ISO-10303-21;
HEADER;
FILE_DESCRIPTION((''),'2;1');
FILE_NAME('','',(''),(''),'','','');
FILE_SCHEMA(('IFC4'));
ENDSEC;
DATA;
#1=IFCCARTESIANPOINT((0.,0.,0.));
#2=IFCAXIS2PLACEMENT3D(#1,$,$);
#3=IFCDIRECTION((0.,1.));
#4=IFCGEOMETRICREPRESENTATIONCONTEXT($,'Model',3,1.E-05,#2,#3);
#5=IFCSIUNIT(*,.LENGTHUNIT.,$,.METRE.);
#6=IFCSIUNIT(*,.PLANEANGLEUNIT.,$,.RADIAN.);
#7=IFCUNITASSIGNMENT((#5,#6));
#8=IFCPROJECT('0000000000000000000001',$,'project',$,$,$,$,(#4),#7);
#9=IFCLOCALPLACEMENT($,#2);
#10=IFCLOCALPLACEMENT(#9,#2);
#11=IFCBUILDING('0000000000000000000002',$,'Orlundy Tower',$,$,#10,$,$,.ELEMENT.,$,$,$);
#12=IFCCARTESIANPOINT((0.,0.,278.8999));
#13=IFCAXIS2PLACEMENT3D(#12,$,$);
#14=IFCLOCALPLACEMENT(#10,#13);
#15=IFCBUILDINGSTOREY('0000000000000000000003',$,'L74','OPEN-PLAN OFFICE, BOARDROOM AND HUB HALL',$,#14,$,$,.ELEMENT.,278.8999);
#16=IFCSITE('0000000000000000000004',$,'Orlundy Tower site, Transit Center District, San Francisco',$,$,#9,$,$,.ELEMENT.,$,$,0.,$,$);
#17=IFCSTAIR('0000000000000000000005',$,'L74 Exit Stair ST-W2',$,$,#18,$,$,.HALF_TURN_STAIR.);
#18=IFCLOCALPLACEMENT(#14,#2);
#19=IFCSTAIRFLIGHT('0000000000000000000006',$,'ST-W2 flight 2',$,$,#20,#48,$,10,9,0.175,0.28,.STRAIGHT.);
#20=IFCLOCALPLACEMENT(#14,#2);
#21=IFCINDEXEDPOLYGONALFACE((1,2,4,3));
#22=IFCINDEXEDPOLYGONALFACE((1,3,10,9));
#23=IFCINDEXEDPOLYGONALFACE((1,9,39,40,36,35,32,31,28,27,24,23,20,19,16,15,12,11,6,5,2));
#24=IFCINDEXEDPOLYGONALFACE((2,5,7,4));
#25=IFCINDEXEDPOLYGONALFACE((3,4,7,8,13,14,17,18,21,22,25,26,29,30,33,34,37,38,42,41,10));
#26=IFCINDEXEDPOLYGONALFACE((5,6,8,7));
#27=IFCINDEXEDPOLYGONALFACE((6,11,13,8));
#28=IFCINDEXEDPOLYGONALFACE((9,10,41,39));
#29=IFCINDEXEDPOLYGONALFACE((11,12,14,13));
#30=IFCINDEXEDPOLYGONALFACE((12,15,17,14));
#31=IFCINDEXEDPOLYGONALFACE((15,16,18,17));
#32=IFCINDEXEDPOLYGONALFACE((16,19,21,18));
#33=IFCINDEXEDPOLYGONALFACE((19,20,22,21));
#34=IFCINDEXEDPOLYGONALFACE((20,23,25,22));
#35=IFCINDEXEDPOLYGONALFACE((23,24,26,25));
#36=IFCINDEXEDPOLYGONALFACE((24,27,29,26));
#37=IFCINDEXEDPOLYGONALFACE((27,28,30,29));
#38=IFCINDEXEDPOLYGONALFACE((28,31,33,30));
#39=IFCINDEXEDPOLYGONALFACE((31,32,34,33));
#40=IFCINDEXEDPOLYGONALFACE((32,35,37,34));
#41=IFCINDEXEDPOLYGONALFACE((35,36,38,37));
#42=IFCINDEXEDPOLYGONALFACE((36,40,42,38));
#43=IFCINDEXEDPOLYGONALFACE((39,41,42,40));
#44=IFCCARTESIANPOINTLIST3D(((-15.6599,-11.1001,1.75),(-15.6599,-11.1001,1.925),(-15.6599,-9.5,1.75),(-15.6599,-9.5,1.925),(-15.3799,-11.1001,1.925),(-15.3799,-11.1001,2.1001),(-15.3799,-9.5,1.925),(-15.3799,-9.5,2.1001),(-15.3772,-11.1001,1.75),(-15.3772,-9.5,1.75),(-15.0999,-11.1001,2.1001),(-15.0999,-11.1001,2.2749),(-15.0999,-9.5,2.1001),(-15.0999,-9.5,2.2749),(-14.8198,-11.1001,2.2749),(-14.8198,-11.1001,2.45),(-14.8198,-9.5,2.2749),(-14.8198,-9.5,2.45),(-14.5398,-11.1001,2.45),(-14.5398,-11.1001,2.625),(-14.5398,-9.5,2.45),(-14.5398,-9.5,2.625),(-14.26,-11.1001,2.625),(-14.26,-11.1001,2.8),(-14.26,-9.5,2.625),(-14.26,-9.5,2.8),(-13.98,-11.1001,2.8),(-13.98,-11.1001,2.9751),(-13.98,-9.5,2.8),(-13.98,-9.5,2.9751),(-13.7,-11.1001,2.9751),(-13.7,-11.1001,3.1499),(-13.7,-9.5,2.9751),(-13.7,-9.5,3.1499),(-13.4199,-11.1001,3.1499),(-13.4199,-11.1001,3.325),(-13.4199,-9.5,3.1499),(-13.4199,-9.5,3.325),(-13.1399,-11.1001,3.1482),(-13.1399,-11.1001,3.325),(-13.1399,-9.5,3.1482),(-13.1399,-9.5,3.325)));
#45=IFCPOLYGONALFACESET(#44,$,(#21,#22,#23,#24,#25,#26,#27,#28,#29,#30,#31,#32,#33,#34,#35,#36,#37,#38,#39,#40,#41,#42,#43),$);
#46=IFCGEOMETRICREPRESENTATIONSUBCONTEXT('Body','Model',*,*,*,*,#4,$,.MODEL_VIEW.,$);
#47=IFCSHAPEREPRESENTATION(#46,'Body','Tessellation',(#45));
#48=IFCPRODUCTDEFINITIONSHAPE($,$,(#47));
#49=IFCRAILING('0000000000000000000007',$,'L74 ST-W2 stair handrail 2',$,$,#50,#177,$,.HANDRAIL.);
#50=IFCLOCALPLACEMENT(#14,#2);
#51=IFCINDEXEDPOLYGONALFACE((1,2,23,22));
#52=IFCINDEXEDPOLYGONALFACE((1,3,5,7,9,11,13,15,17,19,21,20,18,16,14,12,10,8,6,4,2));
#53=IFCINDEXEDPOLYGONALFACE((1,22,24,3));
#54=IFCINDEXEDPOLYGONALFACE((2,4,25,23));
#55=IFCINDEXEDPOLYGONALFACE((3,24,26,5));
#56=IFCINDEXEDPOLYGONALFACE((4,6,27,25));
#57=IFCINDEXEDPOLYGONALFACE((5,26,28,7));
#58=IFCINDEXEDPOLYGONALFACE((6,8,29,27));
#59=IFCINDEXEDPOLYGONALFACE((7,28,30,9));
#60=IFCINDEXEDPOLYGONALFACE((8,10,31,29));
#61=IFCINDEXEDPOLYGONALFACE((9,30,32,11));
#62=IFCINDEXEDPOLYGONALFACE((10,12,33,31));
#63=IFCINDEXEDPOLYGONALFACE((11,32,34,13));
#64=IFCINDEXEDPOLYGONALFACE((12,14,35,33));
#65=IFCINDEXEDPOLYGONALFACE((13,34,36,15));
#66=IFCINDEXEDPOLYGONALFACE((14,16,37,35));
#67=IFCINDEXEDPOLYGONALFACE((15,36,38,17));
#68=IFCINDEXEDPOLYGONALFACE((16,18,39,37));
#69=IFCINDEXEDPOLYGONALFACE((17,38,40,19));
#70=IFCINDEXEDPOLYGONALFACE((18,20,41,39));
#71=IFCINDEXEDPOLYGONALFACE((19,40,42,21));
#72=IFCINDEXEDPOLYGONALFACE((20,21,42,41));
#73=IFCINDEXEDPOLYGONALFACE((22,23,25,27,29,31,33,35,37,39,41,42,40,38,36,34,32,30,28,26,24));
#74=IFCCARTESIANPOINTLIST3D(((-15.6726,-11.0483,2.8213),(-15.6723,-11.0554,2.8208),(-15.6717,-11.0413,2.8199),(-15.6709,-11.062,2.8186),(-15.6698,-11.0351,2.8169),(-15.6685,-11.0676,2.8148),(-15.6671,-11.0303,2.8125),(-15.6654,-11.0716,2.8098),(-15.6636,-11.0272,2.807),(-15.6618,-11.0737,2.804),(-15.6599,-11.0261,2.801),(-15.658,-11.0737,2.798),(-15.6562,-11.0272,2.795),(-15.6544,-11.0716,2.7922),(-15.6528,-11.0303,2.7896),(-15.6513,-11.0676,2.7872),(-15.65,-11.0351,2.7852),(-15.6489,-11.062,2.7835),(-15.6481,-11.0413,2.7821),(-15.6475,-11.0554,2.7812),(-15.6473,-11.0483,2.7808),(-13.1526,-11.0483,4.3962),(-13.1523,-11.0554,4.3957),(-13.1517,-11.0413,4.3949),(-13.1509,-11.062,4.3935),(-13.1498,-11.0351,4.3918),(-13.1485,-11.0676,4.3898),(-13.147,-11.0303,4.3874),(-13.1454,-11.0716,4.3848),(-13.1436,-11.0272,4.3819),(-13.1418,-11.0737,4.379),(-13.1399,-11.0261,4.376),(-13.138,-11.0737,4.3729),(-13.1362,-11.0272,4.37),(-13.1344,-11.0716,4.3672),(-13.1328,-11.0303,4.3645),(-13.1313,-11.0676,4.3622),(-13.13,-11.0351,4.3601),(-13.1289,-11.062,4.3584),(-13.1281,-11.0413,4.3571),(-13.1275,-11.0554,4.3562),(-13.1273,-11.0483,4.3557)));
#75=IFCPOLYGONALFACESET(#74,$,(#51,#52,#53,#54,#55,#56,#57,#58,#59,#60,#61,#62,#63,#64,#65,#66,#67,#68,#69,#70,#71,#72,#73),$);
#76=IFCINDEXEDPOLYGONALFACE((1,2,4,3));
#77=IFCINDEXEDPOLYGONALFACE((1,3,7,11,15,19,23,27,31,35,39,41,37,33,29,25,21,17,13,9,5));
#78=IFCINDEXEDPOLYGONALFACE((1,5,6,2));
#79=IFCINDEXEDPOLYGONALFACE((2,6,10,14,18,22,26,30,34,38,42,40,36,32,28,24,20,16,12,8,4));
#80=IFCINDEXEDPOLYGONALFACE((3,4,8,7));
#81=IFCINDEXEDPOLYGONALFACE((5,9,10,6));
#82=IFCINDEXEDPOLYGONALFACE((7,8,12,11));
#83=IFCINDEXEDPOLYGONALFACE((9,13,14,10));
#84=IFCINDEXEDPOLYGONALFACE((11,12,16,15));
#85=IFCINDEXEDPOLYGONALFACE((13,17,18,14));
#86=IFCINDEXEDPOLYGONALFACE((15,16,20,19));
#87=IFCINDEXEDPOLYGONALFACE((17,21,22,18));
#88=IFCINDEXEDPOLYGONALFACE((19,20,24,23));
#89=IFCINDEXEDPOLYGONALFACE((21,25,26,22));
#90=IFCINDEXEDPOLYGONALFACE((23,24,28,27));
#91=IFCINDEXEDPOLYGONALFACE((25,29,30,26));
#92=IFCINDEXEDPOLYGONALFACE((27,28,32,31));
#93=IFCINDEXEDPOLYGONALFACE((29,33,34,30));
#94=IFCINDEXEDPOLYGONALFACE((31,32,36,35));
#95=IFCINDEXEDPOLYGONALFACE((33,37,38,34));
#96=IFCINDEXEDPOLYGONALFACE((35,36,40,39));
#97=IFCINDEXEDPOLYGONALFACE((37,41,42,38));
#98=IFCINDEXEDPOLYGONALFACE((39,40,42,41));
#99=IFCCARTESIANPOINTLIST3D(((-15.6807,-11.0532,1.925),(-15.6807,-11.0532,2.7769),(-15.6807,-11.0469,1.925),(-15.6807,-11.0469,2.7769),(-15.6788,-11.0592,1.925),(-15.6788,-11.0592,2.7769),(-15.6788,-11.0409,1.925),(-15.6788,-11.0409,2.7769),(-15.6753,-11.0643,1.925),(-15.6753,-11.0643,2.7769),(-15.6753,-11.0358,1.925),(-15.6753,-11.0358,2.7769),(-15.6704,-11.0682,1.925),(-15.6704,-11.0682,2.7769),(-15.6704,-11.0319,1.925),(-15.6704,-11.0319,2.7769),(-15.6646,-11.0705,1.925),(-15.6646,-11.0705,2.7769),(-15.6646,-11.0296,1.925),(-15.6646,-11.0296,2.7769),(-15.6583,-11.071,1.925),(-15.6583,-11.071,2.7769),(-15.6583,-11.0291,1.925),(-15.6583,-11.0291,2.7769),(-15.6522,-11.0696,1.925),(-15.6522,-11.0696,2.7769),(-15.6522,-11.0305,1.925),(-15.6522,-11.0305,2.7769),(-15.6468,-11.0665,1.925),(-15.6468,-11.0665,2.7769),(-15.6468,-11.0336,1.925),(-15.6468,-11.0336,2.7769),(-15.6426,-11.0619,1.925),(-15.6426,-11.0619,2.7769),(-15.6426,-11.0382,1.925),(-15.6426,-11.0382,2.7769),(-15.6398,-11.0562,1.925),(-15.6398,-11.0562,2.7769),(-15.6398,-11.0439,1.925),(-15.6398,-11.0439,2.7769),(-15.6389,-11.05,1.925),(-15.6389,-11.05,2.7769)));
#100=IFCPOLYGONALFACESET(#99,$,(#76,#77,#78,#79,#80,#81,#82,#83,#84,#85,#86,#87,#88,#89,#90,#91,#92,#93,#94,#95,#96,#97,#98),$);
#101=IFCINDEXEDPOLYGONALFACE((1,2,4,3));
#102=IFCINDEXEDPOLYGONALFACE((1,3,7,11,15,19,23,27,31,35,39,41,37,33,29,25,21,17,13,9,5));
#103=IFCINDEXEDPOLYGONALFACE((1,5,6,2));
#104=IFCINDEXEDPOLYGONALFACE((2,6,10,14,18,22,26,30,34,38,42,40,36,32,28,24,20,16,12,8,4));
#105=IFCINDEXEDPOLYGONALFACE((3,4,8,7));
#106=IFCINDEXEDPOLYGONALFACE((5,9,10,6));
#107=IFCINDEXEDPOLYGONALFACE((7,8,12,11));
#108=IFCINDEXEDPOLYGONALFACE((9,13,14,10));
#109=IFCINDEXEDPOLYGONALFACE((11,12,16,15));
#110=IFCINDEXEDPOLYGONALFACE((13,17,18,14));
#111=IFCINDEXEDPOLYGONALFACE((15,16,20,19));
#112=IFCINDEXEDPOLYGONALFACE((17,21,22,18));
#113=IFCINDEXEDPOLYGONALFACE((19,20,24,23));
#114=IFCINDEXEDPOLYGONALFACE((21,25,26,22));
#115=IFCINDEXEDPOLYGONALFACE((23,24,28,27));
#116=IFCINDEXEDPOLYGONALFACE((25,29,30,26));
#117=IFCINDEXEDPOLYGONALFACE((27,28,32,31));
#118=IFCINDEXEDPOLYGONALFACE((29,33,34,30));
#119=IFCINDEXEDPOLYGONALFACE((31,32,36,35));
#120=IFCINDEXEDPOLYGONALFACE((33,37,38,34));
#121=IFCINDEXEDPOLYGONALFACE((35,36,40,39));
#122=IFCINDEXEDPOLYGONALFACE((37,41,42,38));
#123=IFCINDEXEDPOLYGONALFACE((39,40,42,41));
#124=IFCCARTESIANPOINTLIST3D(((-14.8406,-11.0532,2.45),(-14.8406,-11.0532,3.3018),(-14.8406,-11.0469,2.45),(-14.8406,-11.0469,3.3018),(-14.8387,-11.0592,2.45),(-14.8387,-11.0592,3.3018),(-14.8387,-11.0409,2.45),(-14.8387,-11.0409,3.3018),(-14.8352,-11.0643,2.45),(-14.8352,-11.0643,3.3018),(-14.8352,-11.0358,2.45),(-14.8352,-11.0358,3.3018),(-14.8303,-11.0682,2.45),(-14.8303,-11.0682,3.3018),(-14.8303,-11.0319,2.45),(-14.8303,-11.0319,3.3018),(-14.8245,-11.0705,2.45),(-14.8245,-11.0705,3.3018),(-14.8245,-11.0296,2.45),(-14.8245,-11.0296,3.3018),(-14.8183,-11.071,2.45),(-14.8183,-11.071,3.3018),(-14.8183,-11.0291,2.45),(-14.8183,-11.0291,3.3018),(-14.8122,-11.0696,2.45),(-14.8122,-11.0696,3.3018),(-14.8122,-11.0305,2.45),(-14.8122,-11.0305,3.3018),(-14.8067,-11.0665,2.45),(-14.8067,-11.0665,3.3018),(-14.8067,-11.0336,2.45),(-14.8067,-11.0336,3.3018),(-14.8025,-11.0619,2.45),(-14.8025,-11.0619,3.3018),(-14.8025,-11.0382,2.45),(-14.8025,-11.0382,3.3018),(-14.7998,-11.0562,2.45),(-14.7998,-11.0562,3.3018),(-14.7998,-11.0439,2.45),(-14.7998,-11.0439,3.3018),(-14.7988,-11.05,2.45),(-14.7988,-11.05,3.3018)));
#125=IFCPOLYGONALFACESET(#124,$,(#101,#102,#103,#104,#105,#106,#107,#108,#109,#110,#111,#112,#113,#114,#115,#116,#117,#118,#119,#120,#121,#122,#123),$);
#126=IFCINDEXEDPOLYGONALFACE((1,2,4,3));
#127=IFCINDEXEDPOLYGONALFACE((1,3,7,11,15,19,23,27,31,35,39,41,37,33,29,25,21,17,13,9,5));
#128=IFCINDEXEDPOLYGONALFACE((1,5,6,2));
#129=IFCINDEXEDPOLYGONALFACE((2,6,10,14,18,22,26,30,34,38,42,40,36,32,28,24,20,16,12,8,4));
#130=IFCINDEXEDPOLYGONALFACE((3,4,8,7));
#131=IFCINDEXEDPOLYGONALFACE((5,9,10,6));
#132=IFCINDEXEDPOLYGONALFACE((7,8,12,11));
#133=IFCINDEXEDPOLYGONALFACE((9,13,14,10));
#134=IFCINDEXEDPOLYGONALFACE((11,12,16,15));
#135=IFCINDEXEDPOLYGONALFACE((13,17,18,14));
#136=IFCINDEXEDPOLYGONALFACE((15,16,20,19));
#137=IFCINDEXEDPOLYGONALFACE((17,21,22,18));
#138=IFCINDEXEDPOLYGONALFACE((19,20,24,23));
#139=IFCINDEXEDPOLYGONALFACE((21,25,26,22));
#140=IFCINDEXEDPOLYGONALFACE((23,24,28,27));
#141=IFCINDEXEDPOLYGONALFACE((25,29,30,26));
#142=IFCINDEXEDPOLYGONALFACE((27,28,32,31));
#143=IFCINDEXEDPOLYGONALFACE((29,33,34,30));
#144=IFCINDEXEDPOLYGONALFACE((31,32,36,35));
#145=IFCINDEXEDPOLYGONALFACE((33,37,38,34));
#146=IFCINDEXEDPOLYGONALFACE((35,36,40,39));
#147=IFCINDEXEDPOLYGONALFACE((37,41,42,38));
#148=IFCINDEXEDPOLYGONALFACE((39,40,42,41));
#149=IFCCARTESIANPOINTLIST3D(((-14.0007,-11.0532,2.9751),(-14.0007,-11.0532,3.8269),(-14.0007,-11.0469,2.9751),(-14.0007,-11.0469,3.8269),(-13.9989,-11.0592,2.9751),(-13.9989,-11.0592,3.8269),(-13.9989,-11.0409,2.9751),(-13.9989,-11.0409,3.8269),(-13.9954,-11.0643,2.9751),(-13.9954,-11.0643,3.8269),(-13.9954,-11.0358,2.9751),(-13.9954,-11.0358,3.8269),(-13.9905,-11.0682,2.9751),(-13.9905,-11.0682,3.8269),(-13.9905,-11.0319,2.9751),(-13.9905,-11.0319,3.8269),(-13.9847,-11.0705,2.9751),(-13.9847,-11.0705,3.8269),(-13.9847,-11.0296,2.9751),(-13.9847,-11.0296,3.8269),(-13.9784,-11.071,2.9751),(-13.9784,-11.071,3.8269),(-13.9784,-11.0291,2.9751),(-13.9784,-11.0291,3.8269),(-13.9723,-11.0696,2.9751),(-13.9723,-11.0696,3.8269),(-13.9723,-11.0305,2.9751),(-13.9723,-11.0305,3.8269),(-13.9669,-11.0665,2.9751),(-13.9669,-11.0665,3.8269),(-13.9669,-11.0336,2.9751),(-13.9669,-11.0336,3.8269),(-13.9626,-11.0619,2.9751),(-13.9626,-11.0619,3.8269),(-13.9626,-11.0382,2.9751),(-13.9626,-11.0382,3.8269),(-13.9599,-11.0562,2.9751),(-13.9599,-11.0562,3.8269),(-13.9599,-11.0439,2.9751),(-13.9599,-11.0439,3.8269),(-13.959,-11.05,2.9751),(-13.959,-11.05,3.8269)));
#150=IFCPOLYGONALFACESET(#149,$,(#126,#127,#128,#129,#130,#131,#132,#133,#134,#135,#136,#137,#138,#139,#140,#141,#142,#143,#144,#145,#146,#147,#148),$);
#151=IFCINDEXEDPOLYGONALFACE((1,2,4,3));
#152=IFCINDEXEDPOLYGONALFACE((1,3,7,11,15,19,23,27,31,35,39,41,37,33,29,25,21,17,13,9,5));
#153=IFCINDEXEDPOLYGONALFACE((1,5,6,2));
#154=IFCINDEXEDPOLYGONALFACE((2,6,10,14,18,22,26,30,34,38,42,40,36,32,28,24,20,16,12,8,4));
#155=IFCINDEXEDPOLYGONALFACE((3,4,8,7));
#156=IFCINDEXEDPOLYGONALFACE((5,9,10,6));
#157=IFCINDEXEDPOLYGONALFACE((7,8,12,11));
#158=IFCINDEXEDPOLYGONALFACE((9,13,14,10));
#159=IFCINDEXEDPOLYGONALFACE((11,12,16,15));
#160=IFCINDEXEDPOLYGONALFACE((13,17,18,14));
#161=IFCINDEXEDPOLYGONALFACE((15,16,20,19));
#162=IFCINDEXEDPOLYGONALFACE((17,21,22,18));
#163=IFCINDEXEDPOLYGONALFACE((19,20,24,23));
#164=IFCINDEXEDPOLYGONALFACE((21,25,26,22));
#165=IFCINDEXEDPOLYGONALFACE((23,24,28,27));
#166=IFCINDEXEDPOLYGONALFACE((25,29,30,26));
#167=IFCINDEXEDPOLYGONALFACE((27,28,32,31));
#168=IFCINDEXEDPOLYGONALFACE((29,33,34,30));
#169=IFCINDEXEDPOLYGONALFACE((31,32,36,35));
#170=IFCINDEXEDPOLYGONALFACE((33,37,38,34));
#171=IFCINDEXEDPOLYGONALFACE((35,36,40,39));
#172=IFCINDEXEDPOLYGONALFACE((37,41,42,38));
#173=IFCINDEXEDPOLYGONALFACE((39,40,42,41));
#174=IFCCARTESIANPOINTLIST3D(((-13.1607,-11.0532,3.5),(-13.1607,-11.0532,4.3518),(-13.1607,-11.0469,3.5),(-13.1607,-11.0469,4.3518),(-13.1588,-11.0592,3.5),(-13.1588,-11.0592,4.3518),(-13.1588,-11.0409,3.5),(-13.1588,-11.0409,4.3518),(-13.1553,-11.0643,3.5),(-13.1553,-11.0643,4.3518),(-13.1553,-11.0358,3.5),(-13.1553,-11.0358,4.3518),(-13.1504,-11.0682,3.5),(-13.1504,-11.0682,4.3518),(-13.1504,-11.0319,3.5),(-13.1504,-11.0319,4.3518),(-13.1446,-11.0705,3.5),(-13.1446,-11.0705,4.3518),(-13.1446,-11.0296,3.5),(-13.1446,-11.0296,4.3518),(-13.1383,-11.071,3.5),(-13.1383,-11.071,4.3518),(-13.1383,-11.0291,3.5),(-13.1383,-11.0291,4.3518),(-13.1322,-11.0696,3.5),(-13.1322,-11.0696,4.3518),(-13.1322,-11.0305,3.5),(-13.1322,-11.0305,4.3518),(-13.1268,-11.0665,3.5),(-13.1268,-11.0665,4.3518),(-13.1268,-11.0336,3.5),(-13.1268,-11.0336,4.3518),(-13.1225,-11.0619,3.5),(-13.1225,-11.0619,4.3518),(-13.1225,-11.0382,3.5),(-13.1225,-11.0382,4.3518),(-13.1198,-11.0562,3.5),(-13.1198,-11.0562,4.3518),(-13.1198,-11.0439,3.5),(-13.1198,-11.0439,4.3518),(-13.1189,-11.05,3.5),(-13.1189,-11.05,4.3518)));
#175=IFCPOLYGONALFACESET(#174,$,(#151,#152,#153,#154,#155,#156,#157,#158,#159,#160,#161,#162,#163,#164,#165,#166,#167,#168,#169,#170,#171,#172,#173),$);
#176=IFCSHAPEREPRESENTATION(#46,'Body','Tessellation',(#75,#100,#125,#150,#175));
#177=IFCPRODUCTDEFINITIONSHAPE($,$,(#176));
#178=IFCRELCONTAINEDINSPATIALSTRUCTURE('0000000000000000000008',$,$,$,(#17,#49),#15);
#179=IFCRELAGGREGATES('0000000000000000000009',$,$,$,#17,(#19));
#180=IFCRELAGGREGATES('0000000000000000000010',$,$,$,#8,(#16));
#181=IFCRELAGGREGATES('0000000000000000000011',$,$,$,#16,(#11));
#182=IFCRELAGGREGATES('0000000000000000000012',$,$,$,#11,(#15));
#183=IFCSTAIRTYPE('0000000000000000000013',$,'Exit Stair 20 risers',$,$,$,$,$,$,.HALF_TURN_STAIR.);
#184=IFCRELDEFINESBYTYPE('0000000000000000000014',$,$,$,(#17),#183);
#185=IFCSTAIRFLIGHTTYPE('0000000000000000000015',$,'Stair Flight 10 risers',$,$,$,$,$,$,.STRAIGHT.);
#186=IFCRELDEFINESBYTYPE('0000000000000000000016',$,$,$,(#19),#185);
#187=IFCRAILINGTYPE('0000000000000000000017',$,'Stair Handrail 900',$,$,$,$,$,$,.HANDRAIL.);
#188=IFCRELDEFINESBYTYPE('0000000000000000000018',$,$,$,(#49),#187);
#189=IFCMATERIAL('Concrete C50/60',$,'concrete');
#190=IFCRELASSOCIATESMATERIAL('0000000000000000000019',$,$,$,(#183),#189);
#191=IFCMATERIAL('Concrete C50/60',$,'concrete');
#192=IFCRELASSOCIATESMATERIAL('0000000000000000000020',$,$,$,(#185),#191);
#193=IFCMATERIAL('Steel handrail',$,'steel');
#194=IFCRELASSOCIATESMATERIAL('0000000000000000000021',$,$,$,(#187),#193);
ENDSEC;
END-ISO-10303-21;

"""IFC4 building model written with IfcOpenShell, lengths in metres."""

from ifc_helpers import new_model, si_unit, direction, frame, origin, origin_2d, place, context, subcontext, project, spatial, polyline, circle, outline, extrude, material, type_object, element, aggregate, save


model = new_model("IFC4")

# Units and contexts
model_context = context("Model", 3, precision=1e-05, world=origin(), true_north=direction((0.0, 1.0)))
body_context = subcontext(model_context, "Body", "Model", "MODEL_VIEW")
ifc_project = project(units=[si_unit("LENGTHUNIT", "METRE"), si_unit("PLANEANGLEUNIT", "RADIAN")], contexts=[model_context])

# Site, building, storey
site_placement = place(None, origin())
site = spatial("IfcSite", under=ifc_project, at=site_placement, Name="Orlundy Tower site, Transit Center District, San Francisco", CompositionType="ELEMENT", RefElevation=0.0)
building_placement = place(site_placement, origin())
building = spatial("IfcBuilding", under=site, at=building_placement, Name="Orlundy Tower", CompositionType="ELEMENT")
storey_placement = place(building_placement, frame((0.0, 0.0, 278.8999)))
storey = spatial("IfcBuildingStorey", under=building, at=storey_placement, Name="L74", Description="OPEN-PLAN OFFICE, BOARDROOM AND HUB HALL", CompositionType="ELEMENT", Elevation=278.8999)

# Stair, stair flight
ifc_material_1 = material(Name="Concrete C50/60", Category="concrete")
stair_type = type_object("IfcStairType", Name="Exit Stair 20 risers", PredefinedType="HALF_TURN_STAIR", material=ifc_material_1)
stair_placement = place(storey_placement, origin())
stair = element("IfcStair", 1, at=stair_placement, inside=storey, type_object=stair_type, Name="L74 Exit Stair ST-W2", PredefinedType="HALF_TURN_STAIR")
ifc_material_2 = material(Name="Concrete C50/60", Category="concrete")
stair_flight_type = type_object("IfcStairFlightType", Name="Stair Flight 10 risers", PredefinedType="STRAIGHT", material=ifc_material_2)
stair_flight_placement = place(storey_placement, frame((-15.6599, -10.3, 1.75), z_axis=(0.0, 0.0, 1.0), x_axis=(1.0, 0.0, 0.0)))
stair_flight = element("IfcStairFlight", 2, at=stair_flight_placement, type_object=stair_flight_type, Name="ST-W2 flight 2", NumberOfRisers=10, NumberOfTreads=9, PredefinedType="STRAIGHT", RiserHeight=0.175, TreadLength=0.28, context=body_context, shape_type="SweptSolid", body=[
    extrude(outline(polyline([(0.0, 0.0), (0.0, 0.175), (0.28, 0.175), (0.28, 0.3501), (0.5601, 0.3501), (0.5601, 0.5249), (0.8401, 0.5249), (0.8401, 0.7), (1.1201, 0.7), (1.1201, 0.875), (1.3999, 0.875), (1.3999, 1.05), (1.6799, 1.05), (1.6799, 1.2251), (1.96, 1.2251), (1.96, 1.3999), (2.24, 1.3999), (2.24, 1.575), (2.52, 1.575), (2.52, 1.75), (2.52, 1.3982), (0.2827, 0.0), (0.0, 0.0)])), frame((0.0, 0.8, 0.0), z_axis=(0.0, -1.0, 0.0), x_axis=(1.0, 0.0, 0.0)), (0.0, 0.0, 1.0), 1.6001),
])
aggregate(stair, [stair_flight])

# Railing
ifc_material_3 = material(Name="Steel handrail", Category="steel")
railing_type = type_object("IfcRailingType", Name="Stair Handrail 900", PredefinedType="HANDRAIL", material=ifc_material_3)
railing_placement = place(storey_placement, frame((-15.6599, -11.05, 1.925)))
element("IfcRailing", 3, at=railing_placement, inside=storey, type_object=railing_type, Name="L74 ST-W2 stair handrail 2", PredefinedType="HANDRAIL", context=body_context, shape_type="SweptSolid", body=[
    extrude(circle(Radius=0.0239, at=origin_2d()), frame((0.0, 0.0, 0.876), z_axis=(0.848008, 0.0, 0.529984), x_axis=(0.0, 1.0, 0.0)), (0.0, 0.0, 1.0), 2.9717),
    extrude(circle(Radius=0.021, at=origin_2d()), origin(), (0.0, 0.0, 1.0), 0.8518),
    extrude(circle(Radius=0.021, at=origin_2d()), frame((0.8401, 0.0, 0.5249)), (0.0, 0.0, 1.0), 0.8518),
    extrude(circle(Radius=0.021, at=origin_2d()), frame((1.6799, 0.0, 1.05)), (0.0, 0.0, 1.0), 0.8518),
    extrude(circle(Radius=0.021, at=origin_2d()), frame((2.52, 0.0, 1.575)), (0.0, 0.0, 1.0), 0.8518),
])

save(model, "model.ifc")
